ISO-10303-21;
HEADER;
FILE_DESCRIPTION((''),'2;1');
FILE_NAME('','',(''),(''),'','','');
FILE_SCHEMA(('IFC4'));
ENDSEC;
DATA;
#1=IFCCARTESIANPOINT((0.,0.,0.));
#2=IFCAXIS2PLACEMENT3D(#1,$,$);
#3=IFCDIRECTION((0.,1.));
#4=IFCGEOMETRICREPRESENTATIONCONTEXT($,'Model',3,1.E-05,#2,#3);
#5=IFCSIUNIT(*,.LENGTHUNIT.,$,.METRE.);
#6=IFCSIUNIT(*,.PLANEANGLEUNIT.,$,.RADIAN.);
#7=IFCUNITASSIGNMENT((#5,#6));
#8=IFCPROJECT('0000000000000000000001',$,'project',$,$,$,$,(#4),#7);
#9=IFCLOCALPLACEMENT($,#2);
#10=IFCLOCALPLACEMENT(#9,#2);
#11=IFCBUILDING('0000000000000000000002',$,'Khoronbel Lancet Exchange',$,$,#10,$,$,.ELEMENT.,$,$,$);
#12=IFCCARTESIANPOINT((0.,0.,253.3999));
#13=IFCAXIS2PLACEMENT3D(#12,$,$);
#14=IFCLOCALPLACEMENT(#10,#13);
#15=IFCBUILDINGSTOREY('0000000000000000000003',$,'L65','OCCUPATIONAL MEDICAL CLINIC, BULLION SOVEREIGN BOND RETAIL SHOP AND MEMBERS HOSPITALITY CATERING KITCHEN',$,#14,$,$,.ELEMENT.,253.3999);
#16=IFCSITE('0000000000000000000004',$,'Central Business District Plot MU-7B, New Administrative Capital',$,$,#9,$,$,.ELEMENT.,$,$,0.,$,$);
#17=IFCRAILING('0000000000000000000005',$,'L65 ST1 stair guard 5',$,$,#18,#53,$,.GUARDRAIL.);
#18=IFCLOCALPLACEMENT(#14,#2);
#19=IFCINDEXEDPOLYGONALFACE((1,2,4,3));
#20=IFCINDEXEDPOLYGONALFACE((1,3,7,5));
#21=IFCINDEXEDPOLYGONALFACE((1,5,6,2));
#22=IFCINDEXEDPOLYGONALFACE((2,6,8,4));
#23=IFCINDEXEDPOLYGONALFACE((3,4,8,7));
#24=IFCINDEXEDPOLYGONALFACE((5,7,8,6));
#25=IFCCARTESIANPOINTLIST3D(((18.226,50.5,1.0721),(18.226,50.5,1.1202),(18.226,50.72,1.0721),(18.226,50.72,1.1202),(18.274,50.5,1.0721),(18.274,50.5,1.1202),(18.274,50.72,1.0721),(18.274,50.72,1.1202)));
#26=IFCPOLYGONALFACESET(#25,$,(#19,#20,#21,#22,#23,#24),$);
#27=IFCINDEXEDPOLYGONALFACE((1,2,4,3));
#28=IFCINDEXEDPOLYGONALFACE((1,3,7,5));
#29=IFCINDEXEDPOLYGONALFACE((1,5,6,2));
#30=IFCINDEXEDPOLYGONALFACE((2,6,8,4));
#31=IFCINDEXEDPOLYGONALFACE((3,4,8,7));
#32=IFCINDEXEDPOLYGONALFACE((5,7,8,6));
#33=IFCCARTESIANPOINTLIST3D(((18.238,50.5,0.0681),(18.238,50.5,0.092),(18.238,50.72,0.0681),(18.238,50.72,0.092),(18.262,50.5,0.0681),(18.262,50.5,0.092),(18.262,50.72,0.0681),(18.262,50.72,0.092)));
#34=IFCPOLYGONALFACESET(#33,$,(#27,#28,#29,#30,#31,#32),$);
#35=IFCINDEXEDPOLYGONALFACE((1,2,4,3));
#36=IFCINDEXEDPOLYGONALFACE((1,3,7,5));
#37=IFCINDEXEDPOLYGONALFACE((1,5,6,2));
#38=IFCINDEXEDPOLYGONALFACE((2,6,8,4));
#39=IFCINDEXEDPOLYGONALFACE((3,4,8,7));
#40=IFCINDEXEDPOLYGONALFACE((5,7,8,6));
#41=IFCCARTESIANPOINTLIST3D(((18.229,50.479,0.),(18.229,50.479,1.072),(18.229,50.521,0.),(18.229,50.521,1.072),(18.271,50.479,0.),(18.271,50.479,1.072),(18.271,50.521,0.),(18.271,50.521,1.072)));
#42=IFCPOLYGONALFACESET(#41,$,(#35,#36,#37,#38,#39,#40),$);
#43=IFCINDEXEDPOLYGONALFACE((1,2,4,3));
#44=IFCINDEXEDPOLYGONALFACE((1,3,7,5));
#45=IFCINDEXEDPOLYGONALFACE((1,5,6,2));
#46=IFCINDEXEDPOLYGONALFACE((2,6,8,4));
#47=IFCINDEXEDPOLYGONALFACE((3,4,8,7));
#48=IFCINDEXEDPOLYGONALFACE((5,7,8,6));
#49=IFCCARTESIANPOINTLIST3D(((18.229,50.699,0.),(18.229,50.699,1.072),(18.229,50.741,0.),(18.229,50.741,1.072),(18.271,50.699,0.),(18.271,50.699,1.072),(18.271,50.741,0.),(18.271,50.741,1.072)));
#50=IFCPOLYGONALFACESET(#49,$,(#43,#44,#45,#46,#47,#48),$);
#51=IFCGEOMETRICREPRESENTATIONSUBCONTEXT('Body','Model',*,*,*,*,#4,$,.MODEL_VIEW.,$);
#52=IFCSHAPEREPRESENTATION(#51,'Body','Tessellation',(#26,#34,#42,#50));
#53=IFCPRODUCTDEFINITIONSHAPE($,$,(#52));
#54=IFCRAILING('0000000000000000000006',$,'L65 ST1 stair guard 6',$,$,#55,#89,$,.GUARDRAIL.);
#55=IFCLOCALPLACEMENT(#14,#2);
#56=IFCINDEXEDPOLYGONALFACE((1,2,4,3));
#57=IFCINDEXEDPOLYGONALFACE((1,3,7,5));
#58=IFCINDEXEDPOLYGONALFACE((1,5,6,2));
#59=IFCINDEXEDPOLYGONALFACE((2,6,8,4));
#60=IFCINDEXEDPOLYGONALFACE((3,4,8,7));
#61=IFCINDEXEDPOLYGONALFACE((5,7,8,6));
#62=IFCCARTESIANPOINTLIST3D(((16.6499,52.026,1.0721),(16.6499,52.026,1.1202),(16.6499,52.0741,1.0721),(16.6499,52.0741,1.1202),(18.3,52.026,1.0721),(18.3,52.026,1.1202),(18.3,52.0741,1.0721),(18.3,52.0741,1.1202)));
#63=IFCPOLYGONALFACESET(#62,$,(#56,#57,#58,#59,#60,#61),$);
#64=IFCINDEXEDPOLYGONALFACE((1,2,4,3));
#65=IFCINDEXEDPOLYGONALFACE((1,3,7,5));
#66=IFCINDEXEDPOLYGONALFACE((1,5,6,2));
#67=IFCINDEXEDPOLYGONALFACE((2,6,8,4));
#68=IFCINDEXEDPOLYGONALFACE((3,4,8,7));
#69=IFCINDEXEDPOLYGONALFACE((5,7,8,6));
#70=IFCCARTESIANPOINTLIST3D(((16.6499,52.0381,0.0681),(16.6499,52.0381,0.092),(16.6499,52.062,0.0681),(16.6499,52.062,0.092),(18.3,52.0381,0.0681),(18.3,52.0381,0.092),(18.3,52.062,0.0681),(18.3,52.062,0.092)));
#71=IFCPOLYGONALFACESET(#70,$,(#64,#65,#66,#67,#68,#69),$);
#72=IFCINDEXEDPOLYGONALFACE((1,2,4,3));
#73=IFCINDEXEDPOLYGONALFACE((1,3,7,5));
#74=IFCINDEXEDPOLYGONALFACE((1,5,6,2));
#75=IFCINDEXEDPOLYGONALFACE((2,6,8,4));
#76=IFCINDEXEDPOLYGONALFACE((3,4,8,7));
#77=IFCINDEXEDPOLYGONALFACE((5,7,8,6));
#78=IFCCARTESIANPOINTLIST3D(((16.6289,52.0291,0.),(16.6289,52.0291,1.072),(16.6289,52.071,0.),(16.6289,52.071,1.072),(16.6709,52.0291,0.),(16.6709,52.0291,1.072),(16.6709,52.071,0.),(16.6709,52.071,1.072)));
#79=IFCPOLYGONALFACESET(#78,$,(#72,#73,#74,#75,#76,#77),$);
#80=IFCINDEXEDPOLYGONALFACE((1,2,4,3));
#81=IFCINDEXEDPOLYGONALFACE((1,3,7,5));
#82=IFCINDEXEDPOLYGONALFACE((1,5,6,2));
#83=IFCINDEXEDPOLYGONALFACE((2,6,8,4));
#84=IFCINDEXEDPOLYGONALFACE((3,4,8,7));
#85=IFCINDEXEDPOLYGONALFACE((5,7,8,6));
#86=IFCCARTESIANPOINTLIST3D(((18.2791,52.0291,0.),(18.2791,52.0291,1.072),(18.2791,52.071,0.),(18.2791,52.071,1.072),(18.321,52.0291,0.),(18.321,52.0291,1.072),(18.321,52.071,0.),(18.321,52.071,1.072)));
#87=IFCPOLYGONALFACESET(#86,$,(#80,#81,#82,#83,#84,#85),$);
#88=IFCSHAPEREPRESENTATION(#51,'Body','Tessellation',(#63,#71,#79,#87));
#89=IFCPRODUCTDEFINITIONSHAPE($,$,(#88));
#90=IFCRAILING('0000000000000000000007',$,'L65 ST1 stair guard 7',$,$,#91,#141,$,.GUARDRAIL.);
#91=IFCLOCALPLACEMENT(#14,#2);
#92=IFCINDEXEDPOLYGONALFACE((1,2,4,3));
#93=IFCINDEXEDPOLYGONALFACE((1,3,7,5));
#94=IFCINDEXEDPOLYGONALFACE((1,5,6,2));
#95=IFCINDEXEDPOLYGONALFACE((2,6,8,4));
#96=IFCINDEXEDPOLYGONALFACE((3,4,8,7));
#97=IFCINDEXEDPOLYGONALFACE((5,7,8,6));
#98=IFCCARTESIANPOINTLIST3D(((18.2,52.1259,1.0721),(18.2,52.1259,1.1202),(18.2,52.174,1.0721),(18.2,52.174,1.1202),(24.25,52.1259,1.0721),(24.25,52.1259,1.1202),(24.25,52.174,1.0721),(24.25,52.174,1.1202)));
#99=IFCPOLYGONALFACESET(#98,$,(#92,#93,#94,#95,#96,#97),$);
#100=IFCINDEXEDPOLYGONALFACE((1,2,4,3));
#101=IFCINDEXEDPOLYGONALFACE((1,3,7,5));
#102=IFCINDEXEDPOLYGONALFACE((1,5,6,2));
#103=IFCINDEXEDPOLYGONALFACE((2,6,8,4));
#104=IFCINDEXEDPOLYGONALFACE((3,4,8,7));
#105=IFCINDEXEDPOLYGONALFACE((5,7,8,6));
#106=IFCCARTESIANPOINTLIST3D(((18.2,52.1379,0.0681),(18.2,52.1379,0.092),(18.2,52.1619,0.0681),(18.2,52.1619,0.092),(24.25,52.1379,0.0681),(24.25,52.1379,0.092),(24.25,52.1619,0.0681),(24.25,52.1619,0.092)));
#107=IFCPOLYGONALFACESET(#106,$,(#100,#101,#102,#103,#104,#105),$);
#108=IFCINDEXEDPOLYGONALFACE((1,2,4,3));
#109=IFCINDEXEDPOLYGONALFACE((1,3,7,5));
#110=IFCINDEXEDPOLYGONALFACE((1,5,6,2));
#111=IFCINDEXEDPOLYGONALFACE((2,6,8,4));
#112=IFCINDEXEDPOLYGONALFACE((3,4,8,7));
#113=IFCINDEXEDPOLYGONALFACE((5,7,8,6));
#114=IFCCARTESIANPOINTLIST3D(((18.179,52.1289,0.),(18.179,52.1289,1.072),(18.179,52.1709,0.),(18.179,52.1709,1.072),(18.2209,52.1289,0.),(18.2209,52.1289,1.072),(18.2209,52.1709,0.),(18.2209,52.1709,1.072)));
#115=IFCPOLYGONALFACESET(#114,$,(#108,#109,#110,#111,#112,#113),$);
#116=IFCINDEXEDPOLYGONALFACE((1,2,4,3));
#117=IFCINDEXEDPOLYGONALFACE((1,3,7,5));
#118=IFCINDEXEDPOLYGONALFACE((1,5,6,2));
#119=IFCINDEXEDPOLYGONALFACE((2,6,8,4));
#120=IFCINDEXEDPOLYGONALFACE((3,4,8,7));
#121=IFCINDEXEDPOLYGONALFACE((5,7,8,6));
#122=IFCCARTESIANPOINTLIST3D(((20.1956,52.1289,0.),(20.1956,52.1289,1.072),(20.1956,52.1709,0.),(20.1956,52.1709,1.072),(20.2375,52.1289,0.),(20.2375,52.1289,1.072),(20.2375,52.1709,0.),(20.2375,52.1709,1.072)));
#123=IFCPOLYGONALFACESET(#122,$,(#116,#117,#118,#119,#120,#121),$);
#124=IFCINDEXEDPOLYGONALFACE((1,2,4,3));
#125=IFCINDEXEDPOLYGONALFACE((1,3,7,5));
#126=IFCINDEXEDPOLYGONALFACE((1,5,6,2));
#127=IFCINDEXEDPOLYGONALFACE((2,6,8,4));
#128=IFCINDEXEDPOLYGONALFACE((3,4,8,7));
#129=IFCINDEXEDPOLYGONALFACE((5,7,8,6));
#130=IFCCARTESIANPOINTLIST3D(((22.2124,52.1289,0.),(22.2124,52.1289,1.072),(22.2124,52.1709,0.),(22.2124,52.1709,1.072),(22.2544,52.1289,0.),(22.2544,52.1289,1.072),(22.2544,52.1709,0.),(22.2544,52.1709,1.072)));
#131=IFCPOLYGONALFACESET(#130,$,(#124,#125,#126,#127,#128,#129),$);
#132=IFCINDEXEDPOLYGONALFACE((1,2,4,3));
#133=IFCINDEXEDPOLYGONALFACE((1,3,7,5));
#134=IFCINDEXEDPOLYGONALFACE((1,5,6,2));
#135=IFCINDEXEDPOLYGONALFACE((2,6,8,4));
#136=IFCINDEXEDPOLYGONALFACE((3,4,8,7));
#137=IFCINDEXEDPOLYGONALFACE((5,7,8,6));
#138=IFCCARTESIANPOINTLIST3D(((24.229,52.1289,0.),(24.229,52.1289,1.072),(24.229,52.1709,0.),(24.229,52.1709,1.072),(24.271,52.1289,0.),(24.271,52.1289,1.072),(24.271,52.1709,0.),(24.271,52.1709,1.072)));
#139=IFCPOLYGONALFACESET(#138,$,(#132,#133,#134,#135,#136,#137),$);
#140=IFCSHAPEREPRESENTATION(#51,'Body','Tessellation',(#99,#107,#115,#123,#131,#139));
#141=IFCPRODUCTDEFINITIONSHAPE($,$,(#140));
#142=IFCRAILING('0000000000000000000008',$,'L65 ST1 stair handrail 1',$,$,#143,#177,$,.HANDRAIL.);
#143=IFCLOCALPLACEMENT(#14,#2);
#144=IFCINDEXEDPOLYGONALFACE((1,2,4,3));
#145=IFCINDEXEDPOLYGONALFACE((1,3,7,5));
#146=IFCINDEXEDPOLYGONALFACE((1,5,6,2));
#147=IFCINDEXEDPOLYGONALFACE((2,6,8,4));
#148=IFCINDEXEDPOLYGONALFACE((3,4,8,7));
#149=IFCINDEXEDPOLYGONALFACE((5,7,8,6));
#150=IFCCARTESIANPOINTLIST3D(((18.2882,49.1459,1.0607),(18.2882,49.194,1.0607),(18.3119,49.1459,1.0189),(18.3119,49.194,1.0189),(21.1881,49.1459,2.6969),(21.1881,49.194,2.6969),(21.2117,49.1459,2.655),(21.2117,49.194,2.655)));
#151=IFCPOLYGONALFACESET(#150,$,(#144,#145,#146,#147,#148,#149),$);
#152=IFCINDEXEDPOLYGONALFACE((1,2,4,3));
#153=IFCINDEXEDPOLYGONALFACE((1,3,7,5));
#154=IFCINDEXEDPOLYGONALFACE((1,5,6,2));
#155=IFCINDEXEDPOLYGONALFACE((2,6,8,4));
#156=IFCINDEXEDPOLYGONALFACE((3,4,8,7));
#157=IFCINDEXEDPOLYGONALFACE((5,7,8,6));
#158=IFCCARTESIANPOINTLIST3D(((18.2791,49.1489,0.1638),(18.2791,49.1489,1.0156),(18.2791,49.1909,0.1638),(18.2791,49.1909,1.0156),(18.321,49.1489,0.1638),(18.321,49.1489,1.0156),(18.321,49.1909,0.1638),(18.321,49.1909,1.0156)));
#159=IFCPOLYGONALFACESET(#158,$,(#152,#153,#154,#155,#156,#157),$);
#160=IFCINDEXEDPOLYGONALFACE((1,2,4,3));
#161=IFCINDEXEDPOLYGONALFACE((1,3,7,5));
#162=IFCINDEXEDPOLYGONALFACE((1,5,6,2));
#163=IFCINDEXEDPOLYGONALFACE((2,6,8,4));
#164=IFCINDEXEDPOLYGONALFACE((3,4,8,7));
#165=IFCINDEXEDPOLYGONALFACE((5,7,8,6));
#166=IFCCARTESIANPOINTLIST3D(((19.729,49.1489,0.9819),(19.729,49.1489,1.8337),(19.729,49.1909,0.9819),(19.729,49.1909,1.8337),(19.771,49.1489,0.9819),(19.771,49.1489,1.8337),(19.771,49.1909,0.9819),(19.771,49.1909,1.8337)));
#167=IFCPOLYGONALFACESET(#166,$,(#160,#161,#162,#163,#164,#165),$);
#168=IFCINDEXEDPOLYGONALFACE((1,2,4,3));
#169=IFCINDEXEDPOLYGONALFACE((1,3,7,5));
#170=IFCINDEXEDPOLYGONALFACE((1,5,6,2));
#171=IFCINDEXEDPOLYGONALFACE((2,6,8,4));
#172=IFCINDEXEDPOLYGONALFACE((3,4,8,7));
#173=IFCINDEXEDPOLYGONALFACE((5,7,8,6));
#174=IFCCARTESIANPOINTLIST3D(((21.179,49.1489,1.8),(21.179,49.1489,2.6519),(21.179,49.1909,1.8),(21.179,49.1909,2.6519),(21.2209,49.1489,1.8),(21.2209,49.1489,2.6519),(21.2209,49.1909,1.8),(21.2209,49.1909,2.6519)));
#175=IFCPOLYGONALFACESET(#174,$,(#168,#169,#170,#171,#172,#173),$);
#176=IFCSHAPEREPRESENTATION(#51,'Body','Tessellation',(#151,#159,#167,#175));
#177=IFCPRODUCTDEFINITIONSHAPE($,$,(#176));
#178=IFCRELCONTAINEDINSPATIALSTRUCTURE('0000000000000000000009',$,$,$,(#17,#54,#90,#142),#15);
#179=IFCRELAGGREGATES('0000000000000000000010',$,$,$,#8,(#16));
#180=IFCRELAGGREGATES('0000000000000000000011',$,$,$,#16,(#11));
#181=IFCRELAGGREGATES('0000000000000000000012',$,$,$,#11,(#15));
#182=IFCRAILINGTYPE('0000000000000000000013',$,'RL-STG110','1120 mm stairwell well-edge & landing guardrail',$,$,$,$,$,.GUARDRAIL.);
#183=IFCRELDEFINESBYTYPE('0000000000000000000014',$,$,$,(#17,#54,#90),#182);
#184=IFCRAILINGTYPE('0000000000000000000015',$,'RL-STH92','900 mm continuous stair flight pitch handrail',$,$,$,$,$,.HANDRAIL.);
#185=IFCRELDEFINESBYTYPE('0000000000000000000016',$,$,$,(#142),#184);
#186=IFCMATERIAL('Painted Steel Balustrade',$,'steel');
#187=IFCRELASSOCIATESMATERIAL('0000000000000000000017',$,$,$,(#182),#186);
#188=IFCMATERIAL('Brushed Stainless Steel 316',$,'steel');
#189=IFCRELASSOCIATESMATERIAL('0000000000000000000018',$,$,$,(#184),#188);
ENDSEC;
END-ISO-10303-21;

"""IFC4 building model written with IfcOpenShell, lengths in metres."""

from ifc_helpers import new_model, si_unit, direction, frame, origin, origin_2d, place, context, subcontext, project, spatial, rectangle, extrude, material, type_object, element, save


model = new_model("IFC4")

# Units and contexts
model_context = context("Model", 3, precision=1e-05, world=origin(), true_north=direction((0.0, 1.0)))
body_context = subcontext(model_context, "Body", "Model", "MODEL_VIEW")
ifc_project = project(units=[si_unit("LENGTHUNIT", "METRE"), si_unit("PLANEANGLEUNIT", "RADIAN")], contexts=[model_context])

# Site, building, storey
site_placement = place(None, origin())
site = spatial("IfcSite", under=ifc_project, at=site_placement, Name="Central Business District Plot MU-7B, New Administrative Capital", CompositionType="ELEMENT", RefElevation=0.0)
building_placement = place(site_placement, origin())
building = spatial("IfcBuilding", under=site, at=building_placement, Name="Khoronbel Lancet Exchange", CompositionType="ELEMENT")
storey_placement = place(building_placement, frame((0.0, 0.0, 253.3999)))
storey = spatial("IfcBuildingStorey", under=building, at=storey_placement, Name="L65", Description="OCCUPATIONAL MEDICAL CLINIC, BULLION SOVEREIGN BOND RETAIL SHOP AND MEMBERS HOSPITALITY CATERING KITCHEN", CompositionType="ELEMENT", Elevation=253.3999)

# Railings
ifc_material_1 = material(Name="Painted Steel Balustrade", Category="steel")
railing_type_1 = type_object("IfcRailingType", Name="RL-STG110", Description="1120 mm stairwell well-edge & landing guardrail", PredefinedType="GUARDRAIL", material=ifc_material_1)
railing_1_placement = place(storey_placement, frame((18.25, 50.5, 0.0)))
element("IfcRailing", 1, at=railing_1_placement, inside=storey, type_object=railing_type_1, Name="L65 ST1 stair guard 5", PredefinedType="GUARDRAIL", context=body_context, shape_type="SweptSolid", body=[
    extrude(rectangle(XDim=0.0481, YDim=0.0481, at=origin_2d()), frame((0.0, 0.0, 1.0962), z_axis=(0.0, 1.0, 0.0), x_axis=(-1.0, 0.0, 0.0)), (0.0, 0.0, 1.0), 0.22),
    extrude(rectangle(XDim=0.0239, YDim=0.0239, at=origin_2d()), frame((0.0, 0.0, 0.0801), z_axis=(0.0, 1.0, 0.0), x_axis=(-1.0, 0.0, 0.0)), (0.0, 0.0, 1.0), 0.22),
    extrude(rectangle(XDim=0.042, YDim=0.042, at=origin_2d()), origin(), (0.0, 0.0, 1.0), 1.072),
    extrude(rectangle(XDim=0.042, YDim=0.042, at=origin_2d()), frame((0.0, 0.22, 0.0)), (0.0, 0.0, 1.0), 1.072),
])
railing_2_placement = place(storey_placement, frame((16.6499, 52.05, 0.0)))
element("IfcRailing", 2, at=railing_2_placement, inside=storey, type_object=railing_type_1, Name="L65 ST1 stair guard 6", PredefinedType="GUARDRAIL", context=body_context, shape_type="SweptSolid", body=[
    extrude(rectangle(XDim=0.0481, YDim=0.0481, at=origin_2d()), frame((0.0, 0.0, 1.0962), z_axis=(1.0, 0.0, 0.0), x_axis=(0.0, 1.0, 0.0)), (0.0, 0.0, 1.0), 1.6501),
    extrude(rectangle(XDim=0.0239, YDim=0.0239, at=origin_2d()), frame((0.0, 0.0, 0.0801), z_axis=(1.0, 0.0, 0.0), x_axis=(0.0, 1.0, 0.0)), (0.0, 0.0, 1.0), 1.6501),
    extrude(rectangle(XDim=0.042, YDim=0.042, at=origin_2d()), origin(), (0.0, 0.0, 1.0), 1.072),
    extrude(rectangle(XDim=0.042, YDim=0.042, at=origin_2d()), frame((1.6501, 0.0, 0.0)), (0.0, 0.0, 1.0), 1.072),
])
railing_3_placement = place(storey_placement, frame((18.2, 52.1499, 0.0)))
element("IfcRailing", 3, at=railing_3_placement, inside=storey, type_object=railing_type_1, Name="L65 ST1 stair guard 7", PredefinedType="GUARDRAIL", context=body_context, shape_type="SweptSolid", body=[
    extrude(rectangle(XDim=0.0481, YDim=0.0481, at=origin_2d()), frame((0.0, 0.0, 1.0962), z_axis=(1.0, 0.0, 0.0), x_axis=(0.0, 1.0, 0.0)), (0.0, 0.0, 1.0), 6.05),
    extrude(rectangle(XDim=0.0239, YDim=0.0239, at=origin_2d()), frame((0.0, 0.0, 0.0801), z_axis=(1.0, 0.0, 0.0), x_axis=(0.0, 1.0, 0.0)), (0.0, 0.0, 1.0), 6.05),
    extrude(rectangle(XDim=0.042, YDim=0.042, at=origin_2d()), origin(), (0.0, 0.0, 1.0), 1.072),
    extrude(rectangle(XDim=0.042, YDim=0.042, at=origin_2d()), frame((2.0166, 0.0, 0.0)), (0.0, 0.0, 1.0), 1.072),
    extrude(rectangle(XDim=0.042, YDim=0.042, at=origin_2d()), frame((4.0334, 0.0, 0.0)), (0.0, 0.0, 1.0), 1.072),
    extrude(rectangle(XDim=0.042, YDim=0.042, at=origin_2d()), frame((6.05, 0.0, 0.0)), (0.0, 0.0, 1.0), 1.072),
])
ifc_material_2 = material(Name="Brushed Stainless Steel 316", Category="steel")
railing_type_2 = type_object("IfcRailingType", Name="RL-STH92", Description="900 mm continuous stair flight pitch handrail", PredefinedType="HANDRAIL", material=ifc_material_2)
railing_4_placement = place(storey_placement, frame((18.3, 49.1699, 0.1638)))
element("IfcRailing", 4, at=railing_4_placement, inside=storey, type_object=railing_type_2, Name="L65 ST1 stair handrail 1", PredefinedType="HANDRAIL", context=body_context, shape_type="SweptSolid", body=[
    extrude(rectangle(XDim=0.0481, YDim=0.0481, at=origin_2d()), frame((0.0, 0.0, 0.876), z_axis=(0.870929, 0.0, 0.49141), x_axis=(0.0, 1.0, 0.0)), (0.0, 0.0, 1.0), 3.3296),
    extrude(rectangle(XDim=0.042, YDim=0.042, at=origin_2d()), origin(), (0.0, 0.0, 1.0), 0.8518),
    extrude(rectangle(XDim=0.042, YDim=0.042, at=origin_2d()), frame((1.45, 0.0, 0.8181)), (0.0, 0.0, 1.0), 0.8518),
    extrude(rectangle(XDim=0.042, YDim=0.042, at=origin_2d()), frame((2.8999, 0.0, 1.6362)), (0.0, 0.0, 1.0), 0.8518),
])

save(model, "model.ifc")
